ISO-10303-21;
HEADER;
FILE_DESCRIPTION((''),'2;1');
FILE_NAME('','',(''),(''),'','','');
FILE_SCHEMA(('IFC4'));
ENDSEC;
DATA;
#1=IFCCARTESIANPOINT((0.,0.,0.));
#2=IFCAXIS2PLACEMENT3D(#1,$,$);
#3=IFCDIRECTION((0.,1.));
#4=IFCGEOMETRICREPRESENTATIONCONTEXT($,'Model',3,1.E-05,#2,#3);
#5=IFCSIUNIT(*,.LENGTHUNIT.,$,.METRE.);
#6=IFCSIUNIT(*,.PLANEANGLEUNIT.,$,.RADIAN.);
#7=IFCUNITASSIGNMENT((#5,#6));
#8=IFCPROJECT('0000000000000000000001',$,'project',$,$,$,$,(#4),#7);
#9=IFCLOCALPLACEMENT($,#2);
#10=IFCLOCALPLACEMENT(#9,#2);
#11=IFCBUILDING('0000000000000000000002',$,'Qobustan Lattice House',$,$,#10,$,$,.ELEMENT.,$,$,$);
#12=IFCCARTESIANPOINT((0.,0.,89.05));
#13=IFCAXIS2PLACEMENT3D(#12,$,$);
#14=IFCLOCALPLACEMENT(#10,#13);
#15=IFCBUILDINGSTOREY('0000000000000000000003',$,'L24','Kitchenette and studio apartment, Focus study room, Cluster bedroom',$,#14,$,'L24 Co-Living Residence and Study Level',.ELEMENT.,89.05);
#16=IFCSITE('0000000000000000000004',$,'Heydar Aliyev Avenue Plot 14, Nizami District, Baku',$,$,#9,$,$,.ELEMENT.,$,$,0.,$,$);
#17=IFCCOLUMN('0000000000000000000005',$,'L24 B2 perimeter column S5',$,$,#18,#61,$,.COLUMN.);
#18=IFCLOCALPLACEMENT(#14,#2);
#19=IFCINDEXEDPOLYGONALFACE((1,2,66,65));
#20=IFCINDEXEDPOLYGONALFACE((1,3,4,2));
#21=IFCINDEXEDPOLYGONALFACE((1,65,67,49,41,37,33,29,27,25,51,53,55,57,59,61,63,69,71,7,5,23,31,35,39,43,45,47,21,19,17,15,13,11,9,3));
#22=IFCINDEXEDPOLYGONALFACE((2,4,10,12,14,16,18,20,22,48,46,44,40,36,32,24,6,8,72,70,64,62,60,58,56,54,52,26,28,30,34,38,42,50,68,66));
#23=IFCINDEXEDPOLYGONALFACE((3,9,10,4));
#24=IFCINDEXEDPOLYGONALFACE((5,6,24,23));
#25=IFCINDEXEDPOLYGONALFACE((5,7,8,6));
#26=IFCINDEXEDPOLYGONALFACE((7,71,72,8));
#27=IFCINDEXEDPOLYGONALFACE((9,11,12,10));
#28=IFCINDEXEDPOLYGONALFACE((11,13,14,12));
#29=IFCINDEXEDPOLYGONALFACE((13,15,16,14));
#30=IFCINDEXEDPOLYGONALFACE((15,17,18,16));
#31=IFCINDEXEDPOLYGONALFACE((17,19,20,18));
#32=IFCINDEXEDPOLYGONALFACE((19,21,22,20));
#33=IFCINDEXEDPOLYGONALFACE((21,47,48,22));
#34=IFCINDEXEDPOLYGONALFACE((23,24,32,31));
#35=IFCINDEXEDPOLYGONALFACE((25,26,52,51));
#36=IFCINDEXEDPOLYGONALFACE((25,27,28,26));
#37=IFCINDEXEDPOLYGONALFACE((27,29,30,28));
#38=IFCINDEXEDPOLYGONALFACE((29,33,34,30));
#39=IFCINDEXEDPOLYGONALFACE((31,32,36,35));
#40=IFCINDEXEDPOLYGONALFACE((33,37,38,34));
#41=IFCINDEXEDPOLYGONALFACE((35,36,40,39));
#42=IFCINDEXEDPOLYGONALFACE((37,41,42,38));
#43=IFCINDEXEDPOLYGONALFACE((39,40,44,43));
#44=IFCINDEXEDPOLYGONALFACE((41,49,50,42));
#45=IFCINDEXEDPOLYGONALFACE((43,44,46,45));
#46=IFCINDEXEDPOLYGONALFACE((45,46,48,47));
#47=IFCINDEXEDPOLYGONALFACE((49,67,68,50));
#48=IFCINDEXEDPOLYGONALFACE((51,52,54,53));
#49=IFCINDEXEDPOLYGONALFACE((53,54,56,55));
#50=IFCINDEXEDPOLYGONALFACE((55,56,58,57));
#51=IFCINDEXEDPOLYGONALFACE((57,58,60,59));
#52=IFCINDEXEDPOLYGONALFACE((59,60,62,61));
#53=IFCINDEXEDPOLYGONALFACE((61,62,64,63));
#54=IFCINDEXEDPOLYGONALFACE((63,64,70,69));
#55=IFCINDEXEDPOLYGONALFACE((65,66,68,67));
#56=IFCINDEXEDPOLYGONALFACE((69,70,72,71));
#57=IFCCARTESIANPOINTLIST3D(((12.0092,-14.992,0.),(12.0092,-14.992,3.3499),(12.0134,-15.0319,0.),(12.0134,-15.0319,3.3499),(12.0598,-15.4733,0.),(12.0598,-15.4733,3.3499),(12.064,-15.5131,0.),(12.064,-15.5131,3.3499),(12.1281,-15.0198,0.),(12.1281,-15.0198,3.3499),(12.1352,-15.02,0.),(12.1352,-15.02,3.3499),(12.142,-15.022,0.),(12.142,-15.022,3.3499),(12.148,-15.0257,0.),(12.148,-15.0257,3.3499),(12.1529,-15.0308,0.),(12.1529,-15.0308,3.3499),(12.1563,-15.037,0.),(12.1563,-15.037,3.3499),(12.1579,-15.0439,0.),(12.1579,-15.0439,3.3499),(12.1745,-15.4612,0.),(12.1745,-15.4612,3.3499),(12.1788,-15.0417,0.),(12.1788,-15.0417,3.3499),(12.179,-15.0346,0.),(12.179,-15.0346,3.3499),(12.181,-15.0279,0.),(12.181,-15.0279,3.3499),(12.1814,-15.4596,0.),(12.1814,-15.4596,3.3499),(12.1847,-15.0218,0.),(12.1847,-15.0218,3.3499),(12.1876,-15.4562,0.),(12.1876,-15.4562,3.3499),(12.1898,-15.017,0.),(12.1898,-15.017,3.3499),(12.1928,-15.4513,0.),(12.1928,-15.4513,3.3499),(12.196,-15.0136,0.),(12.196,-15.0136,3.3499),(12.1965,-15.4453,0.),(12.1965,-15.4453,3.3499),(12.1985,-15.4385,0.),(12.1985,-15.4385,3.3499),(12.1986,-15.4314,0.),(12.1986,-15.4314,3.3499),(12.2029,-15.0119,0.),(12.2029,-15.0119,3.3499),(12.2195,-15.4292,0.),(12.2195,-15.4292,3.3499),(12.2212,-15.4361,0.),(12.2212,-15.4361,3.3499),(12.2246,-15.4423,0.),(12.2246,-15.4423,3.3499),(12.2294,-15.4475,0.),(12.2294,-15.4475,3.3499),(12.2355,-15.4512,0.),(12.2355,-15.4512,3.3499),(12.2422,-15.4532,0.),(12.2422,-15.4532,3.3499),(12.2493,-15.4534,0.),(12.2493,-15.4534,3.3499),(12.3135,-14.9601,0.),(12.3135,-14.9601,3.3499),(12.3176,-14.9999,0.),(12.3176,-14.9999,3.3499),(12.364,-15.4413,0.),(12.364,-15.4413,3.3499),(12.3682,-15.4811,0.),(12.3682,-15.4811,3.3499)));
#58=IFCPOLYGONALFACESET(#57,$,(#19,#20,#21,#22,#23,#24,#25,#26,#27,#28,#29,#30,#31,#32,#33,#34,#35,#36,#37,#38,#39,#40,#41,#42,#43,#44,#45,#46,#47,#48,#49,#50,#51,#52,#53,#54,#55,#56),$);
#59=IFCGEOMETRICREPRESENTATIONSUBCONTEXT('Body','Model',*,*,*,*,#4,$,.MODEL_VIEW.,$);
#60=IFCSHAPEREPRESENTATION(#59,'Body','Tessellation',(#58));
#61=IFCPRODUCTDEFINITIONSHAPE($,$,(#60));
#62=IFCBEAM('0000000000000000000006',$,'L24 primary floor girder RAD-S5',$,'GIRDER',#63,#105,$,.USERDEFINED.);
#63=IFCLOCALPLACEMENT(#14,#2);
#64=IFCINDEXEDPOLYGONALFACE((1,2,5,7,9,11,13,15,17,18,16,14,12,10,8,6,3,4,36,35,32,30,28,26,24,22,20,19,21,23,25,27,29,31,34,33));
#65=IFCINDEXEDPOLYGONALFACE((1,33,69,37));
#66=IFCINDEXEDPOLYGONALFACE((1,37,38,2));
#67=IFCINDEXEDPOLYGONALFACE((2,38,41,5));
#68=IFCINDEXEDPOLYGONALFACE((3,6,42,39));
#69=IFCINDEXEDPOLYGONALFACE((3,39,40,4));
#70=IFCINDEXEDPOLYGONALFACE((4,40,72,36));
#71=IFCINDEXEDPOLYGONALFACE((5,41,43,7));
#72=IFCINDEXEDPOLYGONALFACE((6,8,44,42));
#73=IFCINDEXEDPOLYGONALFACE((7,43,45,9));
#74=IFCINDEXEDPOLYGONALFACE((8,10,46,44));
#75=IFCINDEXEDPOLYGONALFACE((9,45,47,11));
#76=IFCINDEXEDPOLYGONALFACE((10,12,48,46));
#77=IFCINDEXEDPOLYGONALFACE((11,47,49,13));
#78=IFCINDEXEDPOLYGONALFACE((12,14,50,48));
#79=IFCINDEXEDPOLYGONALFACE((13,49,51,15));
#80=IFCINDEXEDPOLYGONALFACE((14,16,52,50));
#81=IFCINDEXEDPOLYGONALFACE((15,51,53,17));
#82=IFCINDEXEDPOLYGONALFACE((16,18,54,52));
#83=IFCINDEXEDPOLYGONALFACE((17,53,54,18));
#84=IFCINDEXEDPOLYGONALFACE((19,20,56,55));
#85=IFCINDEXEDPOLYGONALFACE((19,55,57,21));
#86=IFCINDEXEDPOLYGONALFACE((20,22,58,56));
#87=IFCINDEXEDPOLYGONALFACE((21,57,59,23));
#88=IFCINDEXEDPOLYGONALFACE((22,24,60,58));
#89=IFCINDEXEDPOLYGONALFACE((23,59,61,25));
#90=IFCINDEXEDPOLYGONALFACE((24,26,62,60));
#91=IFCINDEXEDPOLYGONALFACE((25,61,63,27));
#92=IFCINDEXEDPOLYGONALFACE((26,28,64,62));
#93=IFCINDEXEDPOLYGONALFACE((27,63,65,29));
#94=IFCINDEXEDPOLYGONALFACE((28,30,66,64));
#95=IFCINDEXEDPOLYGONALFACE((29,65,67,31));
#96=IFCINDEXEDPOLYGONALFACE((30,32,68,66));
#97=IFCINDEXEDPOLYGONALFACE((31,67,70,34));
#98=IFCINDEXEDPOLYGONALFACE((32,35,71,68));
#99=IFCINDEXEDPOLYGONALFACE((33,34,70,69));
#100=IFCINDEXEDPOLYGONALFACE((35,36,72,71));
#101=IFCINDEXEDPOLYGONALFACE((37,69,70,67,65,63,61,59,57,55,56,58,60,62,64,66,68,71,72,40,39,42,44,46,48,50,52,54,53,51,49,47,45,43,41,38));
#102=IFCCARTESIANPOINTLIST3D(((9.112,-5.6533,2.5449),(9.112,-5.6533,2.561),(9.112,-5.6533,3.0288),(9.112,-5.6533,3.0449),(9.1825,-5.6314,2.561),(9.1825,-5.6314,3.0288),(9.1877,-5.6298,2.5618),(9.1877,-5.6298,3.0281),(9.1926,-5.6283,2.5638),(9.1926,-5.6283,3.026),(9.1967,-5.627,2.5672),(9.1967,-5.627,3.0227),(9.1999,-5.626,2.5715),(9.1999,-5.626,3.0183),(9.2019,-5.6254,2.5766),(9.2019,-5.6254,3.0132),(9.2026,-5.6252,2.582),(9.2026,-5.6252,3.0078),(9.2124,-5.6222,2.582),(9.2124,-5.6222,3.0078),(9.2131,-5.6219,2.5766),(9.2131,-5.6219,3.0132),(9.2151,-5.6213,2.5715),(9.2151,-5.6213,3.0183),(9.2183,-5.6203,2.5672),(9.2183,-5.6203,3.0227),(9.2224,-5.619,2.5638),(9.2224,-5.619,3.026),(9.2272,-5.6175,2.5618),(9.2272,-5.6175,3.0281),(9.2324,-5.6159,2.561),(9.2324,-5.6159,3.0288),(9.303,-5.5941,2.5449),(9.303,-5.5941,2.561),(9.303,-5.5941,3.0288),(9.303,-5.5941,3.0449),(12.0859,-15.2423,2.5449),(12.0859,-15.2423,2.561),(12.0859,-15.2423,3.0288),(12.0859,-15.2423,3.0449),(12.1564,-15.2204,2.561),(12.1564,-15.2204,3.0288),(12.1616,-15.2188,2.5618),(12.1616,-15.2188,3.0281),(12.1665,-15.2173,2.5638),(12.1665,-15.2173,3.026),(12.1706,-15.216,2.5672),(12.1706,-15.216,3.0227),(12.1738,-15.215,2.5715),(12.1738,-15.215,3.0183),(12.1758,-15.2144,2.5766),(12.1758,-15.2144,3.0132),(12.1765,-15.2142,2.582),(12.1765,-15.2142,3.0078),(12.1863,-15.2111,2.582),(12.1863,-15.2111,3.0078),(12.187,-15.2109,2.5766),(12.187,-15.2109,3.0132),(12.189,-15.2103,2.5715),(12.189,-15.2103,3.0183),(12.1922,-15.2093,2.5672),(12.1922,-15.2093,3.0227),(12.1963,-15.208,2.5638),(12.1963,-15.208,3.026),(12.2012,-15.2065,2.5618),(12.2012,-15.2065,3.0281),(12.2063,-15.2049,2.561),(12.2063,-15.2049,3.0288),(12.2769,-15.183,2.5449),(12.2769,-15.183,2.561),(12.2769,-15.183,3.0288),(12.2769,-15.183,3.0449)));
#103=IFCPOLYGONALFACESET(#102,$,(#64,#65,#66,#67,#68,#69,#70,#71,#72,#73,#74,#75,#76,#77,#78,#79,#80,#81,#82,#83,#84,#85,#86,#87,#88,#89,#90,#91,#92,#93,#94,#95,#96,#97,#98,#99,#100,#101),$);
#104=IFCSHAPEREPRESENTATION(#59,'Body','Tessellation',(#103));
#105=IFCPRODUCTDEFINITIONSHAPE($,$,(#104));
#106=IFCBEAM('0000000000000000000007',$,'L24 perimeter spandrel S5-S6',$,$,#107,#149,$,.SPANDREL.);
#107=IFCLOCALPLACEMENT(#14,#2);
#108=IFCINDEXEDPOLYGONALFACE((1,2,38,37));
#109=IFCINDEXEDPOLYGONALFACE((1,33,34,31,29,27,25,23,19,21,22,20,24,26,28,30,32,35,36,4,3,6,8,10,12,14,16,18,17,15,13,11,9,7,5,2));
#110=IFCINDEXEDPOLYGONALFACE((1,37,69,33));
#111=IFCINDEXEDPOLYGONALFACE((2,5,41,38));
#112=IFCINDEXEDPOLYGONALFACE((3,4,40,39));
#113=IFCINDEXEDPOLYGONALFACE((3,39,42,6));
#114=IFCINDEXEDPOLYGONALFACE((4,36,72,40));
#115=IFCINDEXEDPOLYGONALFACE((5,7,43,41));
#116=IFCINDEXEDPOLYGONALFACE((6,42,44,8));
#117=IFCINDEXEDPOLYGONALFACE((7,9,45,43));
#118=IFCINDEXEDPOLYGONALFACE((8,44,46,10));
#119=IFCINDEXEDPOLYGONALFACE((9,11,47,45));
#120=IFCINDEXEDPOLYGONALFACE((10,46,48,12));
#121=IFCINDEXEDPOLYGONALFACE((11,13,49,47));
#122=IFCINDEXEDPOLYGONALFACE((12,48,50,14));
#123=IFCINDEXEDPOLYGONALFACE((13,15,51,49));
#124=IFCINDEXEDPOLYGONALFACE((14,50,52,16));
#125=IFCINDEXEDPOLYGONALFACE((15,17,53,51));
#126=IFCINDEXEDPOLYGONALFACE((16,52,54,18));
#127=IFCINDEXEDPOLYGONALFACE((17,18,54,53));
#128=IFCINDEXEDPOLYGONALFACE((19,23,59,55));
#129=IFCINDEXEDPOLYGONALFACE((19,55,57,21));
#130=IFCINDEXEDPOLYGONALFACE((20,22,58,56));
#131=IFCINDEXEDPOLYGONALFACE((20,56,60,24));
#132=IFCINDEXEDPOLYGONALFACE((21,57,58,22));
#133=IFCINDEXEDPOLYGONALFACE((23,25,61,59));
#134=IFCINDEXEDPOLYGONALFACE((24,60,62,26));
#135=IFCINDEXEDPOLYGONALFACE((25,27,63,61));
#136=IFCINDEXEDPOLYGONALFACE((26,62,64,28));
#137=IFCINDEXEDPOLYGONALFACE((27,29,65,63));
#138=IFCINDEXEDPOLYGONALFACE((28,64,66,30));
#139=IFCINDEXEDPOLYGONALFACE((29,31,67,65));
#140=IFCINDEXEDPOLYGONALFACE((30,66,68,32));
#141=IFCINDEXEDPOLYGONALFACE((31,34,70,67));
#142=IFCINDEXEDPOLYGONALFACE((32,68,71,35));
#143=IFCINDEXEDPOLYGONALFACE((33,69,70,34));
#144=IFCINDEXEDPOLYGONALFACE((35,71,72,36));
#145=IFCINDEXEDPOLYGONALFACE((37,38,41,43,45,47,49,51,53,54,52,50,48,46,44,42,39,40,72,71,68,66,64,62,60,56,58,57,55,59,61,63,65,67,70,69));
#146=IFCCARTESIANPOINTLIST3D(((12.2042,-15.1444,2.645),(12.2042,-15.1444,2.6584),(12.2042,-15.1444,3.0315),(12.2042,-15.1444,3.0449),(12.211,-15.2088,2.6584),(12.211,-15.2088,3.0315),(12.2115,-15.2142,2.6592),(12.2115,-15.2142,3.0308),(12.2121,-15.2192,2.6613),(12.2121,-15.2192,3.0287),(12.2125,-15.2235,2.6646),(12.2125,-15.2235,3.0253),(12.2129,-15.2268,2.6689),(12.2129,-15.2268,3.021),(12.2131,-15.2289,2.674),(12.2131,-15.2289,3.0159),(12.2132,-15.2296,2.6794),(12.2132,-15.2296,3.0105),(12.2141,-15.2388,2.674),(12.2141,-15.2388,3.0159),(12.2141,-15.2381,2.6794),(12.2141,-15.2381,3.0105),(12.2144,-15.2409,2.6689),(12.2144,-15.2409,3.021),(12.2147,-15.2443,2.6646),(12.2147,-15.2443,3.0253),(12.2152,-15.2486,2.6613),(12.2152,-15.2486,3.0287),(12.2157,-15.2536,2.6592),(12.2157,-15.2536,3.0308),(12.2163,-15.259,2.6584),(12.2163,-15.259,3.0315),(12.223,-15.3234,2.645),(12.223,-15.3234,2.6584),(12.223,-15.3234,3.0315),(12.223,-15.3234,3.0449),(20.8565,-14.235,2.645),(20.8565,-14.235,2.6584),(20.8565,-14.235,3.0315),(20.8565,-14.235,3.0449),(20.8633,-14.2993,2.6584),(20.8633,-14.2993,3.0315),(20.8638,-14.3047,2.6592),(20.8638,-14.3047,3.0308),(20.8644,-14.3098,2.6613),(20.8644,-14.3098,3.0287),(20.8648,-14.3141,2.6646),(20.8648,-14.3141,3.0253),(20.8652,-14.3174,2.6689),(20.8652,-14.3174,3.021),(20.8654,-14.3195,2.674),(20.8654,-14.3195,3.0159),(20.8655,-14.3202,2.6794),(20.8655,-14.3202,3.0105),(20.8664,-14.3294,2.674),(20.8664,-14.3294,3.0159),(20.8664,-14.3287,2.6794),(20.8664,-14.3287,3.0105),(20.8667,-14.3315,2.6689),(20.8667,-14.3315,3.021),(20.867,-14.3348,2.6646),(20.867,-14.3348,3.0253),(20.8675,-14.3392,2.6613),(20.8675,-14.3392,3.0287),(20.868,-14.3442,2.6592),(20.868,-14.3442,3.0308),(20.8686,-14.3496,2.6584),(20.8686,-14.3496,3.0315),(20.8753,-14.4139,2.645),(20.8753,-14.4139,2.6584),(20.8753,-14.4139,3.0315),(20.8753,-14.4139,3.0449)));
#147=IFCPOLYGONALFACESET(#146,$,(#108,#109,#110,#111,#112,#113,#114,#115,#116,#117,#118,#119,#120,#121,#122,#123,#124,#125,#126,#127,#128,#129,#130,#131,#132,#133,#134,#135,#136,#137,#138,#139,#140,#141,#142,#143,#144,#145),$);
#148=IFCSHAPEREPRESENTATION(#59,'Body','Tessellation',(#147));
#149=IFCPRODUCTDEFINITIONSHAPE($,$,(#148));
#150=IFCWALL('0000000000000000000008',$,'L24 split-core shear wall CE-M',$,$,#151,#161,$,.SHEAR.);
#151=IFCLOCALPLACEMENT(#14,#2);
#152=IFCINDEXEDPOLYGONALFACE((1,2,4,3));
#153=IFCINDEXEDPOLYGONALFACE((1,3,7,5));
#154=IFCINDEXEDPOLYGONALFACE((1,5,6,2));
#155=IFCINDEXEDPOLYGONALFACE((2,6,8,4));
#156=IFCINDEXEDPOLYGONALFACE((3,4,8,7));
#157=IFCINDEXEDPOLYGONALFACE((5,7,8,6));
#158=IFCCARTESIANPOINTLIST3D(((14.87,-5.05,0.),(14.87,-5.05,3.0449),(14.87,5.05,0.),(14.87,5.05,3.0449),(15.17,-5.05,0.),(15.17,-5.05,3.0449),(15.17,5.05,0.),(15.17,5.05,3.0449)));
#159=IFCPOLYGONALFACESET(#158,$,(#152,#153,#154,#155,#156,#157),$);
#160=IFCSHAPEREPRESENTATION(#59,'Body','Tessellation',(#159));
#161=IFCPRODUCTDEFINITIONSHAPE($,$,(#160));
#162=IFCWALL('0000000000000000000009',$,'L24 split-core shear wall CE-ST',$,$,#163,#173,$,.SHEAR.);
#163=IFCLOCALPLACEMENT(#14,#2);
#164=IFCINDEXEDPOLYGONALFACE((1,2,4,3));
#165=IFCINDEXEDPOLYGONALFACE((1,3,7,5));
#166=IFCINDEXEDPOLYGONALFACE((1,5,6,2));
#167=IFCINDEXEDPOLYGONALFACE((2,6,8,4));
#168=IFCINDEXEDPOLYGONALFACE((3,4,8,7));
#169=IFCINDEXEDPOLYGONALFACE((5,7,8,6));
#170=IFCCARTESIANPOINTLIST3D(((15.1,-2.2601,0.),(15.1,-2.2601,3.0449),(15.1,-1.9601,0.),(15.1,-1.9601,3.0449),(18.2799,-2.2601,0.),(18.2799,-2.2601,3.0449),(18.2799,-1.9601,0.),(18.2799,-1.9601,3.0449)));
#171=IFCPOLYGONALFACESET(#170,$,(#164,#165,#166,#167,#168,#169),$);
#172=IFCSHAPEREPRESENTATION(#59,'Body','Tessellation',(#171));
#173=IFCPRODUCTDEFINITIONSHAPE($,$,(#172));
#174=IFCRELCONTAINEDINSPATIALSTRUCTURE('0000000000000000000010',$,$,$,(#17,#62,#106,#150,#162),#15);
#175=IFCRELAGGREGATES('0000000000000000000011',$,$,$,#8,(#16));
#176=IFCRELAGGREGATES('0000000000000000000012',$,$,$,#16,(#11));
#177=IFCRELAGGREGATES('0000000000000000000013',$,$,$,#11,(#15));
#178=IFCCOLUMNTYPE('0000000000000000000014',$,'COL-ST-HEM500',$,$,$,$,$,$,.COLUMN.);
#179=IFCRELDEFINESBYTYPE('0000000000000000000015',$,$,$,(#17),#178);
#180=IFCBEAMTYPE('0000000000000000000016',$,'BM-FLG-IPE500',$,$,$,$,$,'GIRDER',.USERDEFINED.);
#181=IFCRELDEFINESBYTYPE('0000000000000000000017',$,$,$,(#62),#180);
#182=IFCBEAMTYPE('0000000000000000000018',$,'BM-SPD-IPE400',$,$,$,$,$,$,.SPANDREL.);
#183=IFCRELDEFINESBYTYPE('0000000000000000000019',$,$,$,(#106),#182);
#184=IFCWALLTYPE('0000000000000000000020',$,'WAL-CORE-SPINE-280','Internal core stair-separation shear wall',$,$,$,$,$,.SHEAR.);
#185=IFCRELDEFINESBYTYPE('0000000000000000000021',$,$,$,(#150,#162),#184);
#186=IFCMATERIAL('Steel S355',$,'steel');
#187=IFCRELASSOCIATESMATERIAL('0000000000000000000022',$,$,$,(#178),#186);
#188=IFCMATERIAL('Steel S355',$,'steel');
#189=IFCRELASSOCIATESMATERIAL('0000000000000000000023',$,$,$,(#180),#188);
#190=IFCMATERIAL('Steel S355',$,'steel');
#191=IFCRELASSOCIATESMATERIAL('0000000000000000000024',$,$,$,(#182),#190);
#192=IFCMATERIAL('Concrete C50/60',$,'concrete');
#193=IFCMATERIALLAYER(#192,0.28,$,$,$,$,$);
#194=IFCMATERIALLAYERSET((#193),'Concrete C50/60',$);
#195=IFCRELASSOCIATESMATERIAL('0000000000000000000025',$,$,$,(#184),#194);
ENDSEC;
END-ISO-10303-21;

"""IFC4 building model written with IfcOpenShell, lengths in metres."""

from ifc_helpers import new_model, si_unit, direction, frame, frame_2d, origin, origin_2d, place, context, subcontext, project, spatial, rectangle, i_section, extrude, material, layer, layer_set, material_profile, profile_set, type_object, element, save


model = new_model("IFC4")

# Units and contexts
model_context = context("Model", 3, precision=1e-05, world=origin(), true_north=direction((0.0, 1.0)))
body_context = subcontext(model_context, "Body", "Model", "MODEL_VIEW")
ifc_project = project(units=[si_unit("LENGTHUNIT", "METRE"), si_unit("PLANEANGLEUNIT", "RADIAN")], contexts=[model_context])

# Site, building, storey
site_placement = place(None, origin())
site = spatial("IfcSite", under=ifc_project, at=site_placement, Name="Heydar Aliyev Avenue Plot 14, Nizami District, Baku", CompositionType="ELEMENT", RefElevation=0.0)
building_placement = place(site_placement, origin())
building = spatial("IfcBuilding", under=site, at=building_placement, Name="Qobustan Lattice House", CompositionType="ELEMENT")
storey_placement = place(building_placement, frame((0.0, 0.0, 89.05)))
storey = spatial("IfcBuildingStorey", under=building, at=storey_placement, Name="L24", Description="Kitchenette and studio apartment, Focus study room, Cluster bedroom", LongName="L24 Co-Living Residence and Study Level", CompositionType="ELEMENT", Elevation=89.05)

# Column
ifc_material_1 = material(Name="Steel S355", Category="steel")
ifc_material_profile_1 = material_profile(ifc_material_1, i_section(OverallWidth=0.3059, OverallDepth=0.5239, WebThickness=0.021, FlangeThickness=0.04, FilletRadius=0.0271, at=origin_2d()), Name="HEM500")
ifc_profile_set_1 = profile_set([ifc_material_profile_1], Name="Steel S355")
column_type = type_object("IfcColumnType", Name="COL-ST-HEM500", PredefinedType="COLUMN", material=ifc_profile_set_1)
column_placement = place(storey_placement, frame((12.1887, -15.2366, 0.0), z_axis=(0.0, 0.0, 1.0), x_axis=(0.994522, 0.104528, 0.0)))
element("IfcColumn", 1, at=column_placement, inside=storey, type_object=column_type, Name="L24 B2 perimeter column S5", PredefinedType="COLUMN", context=body_context, shape_type="SweptSolid", body=[
    extrude(i_section(OverallWidth=0.3059, OverallDepth=0.5239, WebThickness=0.021, FlangeThickness=0.04, FilletRadius=0.0271, at=origin_2d()), origin(), (0.0, 0.0, 1.0), 3.3499),
])

# Beams
ifc_material_2 = material(Name="Steel S355", Category="steel")
ifc_material_profile_2 = material_profile(ifc_material_2, i_section(OverallWidth=0.2, OverallDepth=0.5, WebThickness=0.0103, FlangeThickness=0.0161, FilletRadius=0.021, at=origin_2d()), Name="IPE500")
ifc_profile_set_2 = profile_set([ifc_material_profile_2], Name="Steel S355")
beam_type_1 = type_object("IfcBeamType", Name="BM-FLG-IPE500", ElementType="GIRDER", PredefinedType="USERDEFINED", material=ifc_profile_set_2)
beam_1_placement = place(storey_placement, frame((12.1814, -15.2126, 2.7949), z_axis=(-0.296219, 0.95512, 0.0), x_axis=(-0.95512, -0.296219, 0.0)))
element("IfcBeam", 2, at=beam_1_placement, inside=storey, type_object=beam_type_1, Name="L24 primary floor girder RAD-S5", ObjectType="GIRDER", PredefinedType="USERDEFINED", context=body_context, shape_type="SweptSolid", body=[
    extrude(i_section(OverallWidth=0.2, OverallDepth=0.5, WebThickness=0.0103, FlangeThickness=0.0161, FilletRadius=0.021, at=origin_2d()), origin(), (0.0, 0.0, 1.0), 10.0396),
])
ifc_material_3 = material(Name="Steel S355", Category="steel")
ifc_material_profile_3 = material_profile(ifc_material_3, i_section(OverallWidth=0.1799, OverallDepth=0.3999, WebThickness=0.0085, FlangeThickness=0.0134, FilletRadius=0.021, at=origin_2d()), Name="IPE400")
ifc_profile_set_3 = profile_set([ifc_material_profile_3], Name="Steel S355")
beam_type_2 = type_object("IfcBeamType", Name="BM-SPD-IPE400", PredefinedType="SPANDREL", material=ifc_profile_set_3)
beam_2_placement = place(storey_placement, frame((12.2136, -15.2339, 2.845), z_axis=(0.994522, 0.104531, 0.0), x_axis=(-0.104531, 0.994522, 0.0)))
element("IfcBeam", 3, at=beam_2_placement, inside=storey, type_object=beam_type_2, Name="L24 perimeter spandrel S5-S6", PredefinedType="SPANDREL", context=body_context, shape_type="SweptSolid", body=[
    extrude(i_section(OverallWidth=0.1799, OverallDepth=0.3999, WebThickness=0.0085, FlangeThickness=0.0134, FilletRadius=0.021, at=origin_2d()), origin(), (0.0, 0.0, 1.0), 8.7),
])

# Walls
ifc_material_4 = material(Name="Concrete C50/60", Category="concrete")
ifc_layer_1 = layer(ifc_material_4, 0.28)
ifc_layer_set_1 = layer_set([ifc_layer_1], Name="Concrete C50/60")
wall_type_1 = type_object("IfcWallType", Name="WAL-CORE-SPINE-280", Description="Internal core stair-separation shear wall", PredefinedType="SHEAR", material=ifc_layer_set_1)
wall_1_placement = place(storey_placement, frame((15.02, -5.05, 0.0), z_axis=(0.0, 0.0, 1.0), x_axis=(0.0, 1.0, 0.0)))
element("IfcWall", 4, at=wall_1_placement, inside=storey, type_object=wall_type_1, Name="L24 split-core shear wall CE-M", PredefinedType="SHEAR", context=body_context, shape_type="SweptSolid", body=[
    extrude(rectangle(XDim=10.1001, YDim=0.3, at=frame_2d((5.05, 0.0))), origin(), (0.0, 0.0, 1.0), 3.0449),
])
wall_2_placement = place(storey_placement, frame((15.1001, -2.1101, 0.0), z_axis=(0.0, 0.0, 1.0), x_axis=(1.0, 0.0, 0.0)))
element("IfcWall", 5, at=wall_2_placement, inside=storey, type_object=wall_type_1, Name="L24 split-core shear wall CE-ST", PredefinedType="SHEAR", context=body_context, shape_type="SweptSolid", body=[
    extrude(rectangle(XDim=3.1799, YDim=0.3, at=frame_2d((1.5898, 0.0))), origin(), (0.0, 0.0, 1.0), 3.0449),
])

save(model, "model.ifc")
